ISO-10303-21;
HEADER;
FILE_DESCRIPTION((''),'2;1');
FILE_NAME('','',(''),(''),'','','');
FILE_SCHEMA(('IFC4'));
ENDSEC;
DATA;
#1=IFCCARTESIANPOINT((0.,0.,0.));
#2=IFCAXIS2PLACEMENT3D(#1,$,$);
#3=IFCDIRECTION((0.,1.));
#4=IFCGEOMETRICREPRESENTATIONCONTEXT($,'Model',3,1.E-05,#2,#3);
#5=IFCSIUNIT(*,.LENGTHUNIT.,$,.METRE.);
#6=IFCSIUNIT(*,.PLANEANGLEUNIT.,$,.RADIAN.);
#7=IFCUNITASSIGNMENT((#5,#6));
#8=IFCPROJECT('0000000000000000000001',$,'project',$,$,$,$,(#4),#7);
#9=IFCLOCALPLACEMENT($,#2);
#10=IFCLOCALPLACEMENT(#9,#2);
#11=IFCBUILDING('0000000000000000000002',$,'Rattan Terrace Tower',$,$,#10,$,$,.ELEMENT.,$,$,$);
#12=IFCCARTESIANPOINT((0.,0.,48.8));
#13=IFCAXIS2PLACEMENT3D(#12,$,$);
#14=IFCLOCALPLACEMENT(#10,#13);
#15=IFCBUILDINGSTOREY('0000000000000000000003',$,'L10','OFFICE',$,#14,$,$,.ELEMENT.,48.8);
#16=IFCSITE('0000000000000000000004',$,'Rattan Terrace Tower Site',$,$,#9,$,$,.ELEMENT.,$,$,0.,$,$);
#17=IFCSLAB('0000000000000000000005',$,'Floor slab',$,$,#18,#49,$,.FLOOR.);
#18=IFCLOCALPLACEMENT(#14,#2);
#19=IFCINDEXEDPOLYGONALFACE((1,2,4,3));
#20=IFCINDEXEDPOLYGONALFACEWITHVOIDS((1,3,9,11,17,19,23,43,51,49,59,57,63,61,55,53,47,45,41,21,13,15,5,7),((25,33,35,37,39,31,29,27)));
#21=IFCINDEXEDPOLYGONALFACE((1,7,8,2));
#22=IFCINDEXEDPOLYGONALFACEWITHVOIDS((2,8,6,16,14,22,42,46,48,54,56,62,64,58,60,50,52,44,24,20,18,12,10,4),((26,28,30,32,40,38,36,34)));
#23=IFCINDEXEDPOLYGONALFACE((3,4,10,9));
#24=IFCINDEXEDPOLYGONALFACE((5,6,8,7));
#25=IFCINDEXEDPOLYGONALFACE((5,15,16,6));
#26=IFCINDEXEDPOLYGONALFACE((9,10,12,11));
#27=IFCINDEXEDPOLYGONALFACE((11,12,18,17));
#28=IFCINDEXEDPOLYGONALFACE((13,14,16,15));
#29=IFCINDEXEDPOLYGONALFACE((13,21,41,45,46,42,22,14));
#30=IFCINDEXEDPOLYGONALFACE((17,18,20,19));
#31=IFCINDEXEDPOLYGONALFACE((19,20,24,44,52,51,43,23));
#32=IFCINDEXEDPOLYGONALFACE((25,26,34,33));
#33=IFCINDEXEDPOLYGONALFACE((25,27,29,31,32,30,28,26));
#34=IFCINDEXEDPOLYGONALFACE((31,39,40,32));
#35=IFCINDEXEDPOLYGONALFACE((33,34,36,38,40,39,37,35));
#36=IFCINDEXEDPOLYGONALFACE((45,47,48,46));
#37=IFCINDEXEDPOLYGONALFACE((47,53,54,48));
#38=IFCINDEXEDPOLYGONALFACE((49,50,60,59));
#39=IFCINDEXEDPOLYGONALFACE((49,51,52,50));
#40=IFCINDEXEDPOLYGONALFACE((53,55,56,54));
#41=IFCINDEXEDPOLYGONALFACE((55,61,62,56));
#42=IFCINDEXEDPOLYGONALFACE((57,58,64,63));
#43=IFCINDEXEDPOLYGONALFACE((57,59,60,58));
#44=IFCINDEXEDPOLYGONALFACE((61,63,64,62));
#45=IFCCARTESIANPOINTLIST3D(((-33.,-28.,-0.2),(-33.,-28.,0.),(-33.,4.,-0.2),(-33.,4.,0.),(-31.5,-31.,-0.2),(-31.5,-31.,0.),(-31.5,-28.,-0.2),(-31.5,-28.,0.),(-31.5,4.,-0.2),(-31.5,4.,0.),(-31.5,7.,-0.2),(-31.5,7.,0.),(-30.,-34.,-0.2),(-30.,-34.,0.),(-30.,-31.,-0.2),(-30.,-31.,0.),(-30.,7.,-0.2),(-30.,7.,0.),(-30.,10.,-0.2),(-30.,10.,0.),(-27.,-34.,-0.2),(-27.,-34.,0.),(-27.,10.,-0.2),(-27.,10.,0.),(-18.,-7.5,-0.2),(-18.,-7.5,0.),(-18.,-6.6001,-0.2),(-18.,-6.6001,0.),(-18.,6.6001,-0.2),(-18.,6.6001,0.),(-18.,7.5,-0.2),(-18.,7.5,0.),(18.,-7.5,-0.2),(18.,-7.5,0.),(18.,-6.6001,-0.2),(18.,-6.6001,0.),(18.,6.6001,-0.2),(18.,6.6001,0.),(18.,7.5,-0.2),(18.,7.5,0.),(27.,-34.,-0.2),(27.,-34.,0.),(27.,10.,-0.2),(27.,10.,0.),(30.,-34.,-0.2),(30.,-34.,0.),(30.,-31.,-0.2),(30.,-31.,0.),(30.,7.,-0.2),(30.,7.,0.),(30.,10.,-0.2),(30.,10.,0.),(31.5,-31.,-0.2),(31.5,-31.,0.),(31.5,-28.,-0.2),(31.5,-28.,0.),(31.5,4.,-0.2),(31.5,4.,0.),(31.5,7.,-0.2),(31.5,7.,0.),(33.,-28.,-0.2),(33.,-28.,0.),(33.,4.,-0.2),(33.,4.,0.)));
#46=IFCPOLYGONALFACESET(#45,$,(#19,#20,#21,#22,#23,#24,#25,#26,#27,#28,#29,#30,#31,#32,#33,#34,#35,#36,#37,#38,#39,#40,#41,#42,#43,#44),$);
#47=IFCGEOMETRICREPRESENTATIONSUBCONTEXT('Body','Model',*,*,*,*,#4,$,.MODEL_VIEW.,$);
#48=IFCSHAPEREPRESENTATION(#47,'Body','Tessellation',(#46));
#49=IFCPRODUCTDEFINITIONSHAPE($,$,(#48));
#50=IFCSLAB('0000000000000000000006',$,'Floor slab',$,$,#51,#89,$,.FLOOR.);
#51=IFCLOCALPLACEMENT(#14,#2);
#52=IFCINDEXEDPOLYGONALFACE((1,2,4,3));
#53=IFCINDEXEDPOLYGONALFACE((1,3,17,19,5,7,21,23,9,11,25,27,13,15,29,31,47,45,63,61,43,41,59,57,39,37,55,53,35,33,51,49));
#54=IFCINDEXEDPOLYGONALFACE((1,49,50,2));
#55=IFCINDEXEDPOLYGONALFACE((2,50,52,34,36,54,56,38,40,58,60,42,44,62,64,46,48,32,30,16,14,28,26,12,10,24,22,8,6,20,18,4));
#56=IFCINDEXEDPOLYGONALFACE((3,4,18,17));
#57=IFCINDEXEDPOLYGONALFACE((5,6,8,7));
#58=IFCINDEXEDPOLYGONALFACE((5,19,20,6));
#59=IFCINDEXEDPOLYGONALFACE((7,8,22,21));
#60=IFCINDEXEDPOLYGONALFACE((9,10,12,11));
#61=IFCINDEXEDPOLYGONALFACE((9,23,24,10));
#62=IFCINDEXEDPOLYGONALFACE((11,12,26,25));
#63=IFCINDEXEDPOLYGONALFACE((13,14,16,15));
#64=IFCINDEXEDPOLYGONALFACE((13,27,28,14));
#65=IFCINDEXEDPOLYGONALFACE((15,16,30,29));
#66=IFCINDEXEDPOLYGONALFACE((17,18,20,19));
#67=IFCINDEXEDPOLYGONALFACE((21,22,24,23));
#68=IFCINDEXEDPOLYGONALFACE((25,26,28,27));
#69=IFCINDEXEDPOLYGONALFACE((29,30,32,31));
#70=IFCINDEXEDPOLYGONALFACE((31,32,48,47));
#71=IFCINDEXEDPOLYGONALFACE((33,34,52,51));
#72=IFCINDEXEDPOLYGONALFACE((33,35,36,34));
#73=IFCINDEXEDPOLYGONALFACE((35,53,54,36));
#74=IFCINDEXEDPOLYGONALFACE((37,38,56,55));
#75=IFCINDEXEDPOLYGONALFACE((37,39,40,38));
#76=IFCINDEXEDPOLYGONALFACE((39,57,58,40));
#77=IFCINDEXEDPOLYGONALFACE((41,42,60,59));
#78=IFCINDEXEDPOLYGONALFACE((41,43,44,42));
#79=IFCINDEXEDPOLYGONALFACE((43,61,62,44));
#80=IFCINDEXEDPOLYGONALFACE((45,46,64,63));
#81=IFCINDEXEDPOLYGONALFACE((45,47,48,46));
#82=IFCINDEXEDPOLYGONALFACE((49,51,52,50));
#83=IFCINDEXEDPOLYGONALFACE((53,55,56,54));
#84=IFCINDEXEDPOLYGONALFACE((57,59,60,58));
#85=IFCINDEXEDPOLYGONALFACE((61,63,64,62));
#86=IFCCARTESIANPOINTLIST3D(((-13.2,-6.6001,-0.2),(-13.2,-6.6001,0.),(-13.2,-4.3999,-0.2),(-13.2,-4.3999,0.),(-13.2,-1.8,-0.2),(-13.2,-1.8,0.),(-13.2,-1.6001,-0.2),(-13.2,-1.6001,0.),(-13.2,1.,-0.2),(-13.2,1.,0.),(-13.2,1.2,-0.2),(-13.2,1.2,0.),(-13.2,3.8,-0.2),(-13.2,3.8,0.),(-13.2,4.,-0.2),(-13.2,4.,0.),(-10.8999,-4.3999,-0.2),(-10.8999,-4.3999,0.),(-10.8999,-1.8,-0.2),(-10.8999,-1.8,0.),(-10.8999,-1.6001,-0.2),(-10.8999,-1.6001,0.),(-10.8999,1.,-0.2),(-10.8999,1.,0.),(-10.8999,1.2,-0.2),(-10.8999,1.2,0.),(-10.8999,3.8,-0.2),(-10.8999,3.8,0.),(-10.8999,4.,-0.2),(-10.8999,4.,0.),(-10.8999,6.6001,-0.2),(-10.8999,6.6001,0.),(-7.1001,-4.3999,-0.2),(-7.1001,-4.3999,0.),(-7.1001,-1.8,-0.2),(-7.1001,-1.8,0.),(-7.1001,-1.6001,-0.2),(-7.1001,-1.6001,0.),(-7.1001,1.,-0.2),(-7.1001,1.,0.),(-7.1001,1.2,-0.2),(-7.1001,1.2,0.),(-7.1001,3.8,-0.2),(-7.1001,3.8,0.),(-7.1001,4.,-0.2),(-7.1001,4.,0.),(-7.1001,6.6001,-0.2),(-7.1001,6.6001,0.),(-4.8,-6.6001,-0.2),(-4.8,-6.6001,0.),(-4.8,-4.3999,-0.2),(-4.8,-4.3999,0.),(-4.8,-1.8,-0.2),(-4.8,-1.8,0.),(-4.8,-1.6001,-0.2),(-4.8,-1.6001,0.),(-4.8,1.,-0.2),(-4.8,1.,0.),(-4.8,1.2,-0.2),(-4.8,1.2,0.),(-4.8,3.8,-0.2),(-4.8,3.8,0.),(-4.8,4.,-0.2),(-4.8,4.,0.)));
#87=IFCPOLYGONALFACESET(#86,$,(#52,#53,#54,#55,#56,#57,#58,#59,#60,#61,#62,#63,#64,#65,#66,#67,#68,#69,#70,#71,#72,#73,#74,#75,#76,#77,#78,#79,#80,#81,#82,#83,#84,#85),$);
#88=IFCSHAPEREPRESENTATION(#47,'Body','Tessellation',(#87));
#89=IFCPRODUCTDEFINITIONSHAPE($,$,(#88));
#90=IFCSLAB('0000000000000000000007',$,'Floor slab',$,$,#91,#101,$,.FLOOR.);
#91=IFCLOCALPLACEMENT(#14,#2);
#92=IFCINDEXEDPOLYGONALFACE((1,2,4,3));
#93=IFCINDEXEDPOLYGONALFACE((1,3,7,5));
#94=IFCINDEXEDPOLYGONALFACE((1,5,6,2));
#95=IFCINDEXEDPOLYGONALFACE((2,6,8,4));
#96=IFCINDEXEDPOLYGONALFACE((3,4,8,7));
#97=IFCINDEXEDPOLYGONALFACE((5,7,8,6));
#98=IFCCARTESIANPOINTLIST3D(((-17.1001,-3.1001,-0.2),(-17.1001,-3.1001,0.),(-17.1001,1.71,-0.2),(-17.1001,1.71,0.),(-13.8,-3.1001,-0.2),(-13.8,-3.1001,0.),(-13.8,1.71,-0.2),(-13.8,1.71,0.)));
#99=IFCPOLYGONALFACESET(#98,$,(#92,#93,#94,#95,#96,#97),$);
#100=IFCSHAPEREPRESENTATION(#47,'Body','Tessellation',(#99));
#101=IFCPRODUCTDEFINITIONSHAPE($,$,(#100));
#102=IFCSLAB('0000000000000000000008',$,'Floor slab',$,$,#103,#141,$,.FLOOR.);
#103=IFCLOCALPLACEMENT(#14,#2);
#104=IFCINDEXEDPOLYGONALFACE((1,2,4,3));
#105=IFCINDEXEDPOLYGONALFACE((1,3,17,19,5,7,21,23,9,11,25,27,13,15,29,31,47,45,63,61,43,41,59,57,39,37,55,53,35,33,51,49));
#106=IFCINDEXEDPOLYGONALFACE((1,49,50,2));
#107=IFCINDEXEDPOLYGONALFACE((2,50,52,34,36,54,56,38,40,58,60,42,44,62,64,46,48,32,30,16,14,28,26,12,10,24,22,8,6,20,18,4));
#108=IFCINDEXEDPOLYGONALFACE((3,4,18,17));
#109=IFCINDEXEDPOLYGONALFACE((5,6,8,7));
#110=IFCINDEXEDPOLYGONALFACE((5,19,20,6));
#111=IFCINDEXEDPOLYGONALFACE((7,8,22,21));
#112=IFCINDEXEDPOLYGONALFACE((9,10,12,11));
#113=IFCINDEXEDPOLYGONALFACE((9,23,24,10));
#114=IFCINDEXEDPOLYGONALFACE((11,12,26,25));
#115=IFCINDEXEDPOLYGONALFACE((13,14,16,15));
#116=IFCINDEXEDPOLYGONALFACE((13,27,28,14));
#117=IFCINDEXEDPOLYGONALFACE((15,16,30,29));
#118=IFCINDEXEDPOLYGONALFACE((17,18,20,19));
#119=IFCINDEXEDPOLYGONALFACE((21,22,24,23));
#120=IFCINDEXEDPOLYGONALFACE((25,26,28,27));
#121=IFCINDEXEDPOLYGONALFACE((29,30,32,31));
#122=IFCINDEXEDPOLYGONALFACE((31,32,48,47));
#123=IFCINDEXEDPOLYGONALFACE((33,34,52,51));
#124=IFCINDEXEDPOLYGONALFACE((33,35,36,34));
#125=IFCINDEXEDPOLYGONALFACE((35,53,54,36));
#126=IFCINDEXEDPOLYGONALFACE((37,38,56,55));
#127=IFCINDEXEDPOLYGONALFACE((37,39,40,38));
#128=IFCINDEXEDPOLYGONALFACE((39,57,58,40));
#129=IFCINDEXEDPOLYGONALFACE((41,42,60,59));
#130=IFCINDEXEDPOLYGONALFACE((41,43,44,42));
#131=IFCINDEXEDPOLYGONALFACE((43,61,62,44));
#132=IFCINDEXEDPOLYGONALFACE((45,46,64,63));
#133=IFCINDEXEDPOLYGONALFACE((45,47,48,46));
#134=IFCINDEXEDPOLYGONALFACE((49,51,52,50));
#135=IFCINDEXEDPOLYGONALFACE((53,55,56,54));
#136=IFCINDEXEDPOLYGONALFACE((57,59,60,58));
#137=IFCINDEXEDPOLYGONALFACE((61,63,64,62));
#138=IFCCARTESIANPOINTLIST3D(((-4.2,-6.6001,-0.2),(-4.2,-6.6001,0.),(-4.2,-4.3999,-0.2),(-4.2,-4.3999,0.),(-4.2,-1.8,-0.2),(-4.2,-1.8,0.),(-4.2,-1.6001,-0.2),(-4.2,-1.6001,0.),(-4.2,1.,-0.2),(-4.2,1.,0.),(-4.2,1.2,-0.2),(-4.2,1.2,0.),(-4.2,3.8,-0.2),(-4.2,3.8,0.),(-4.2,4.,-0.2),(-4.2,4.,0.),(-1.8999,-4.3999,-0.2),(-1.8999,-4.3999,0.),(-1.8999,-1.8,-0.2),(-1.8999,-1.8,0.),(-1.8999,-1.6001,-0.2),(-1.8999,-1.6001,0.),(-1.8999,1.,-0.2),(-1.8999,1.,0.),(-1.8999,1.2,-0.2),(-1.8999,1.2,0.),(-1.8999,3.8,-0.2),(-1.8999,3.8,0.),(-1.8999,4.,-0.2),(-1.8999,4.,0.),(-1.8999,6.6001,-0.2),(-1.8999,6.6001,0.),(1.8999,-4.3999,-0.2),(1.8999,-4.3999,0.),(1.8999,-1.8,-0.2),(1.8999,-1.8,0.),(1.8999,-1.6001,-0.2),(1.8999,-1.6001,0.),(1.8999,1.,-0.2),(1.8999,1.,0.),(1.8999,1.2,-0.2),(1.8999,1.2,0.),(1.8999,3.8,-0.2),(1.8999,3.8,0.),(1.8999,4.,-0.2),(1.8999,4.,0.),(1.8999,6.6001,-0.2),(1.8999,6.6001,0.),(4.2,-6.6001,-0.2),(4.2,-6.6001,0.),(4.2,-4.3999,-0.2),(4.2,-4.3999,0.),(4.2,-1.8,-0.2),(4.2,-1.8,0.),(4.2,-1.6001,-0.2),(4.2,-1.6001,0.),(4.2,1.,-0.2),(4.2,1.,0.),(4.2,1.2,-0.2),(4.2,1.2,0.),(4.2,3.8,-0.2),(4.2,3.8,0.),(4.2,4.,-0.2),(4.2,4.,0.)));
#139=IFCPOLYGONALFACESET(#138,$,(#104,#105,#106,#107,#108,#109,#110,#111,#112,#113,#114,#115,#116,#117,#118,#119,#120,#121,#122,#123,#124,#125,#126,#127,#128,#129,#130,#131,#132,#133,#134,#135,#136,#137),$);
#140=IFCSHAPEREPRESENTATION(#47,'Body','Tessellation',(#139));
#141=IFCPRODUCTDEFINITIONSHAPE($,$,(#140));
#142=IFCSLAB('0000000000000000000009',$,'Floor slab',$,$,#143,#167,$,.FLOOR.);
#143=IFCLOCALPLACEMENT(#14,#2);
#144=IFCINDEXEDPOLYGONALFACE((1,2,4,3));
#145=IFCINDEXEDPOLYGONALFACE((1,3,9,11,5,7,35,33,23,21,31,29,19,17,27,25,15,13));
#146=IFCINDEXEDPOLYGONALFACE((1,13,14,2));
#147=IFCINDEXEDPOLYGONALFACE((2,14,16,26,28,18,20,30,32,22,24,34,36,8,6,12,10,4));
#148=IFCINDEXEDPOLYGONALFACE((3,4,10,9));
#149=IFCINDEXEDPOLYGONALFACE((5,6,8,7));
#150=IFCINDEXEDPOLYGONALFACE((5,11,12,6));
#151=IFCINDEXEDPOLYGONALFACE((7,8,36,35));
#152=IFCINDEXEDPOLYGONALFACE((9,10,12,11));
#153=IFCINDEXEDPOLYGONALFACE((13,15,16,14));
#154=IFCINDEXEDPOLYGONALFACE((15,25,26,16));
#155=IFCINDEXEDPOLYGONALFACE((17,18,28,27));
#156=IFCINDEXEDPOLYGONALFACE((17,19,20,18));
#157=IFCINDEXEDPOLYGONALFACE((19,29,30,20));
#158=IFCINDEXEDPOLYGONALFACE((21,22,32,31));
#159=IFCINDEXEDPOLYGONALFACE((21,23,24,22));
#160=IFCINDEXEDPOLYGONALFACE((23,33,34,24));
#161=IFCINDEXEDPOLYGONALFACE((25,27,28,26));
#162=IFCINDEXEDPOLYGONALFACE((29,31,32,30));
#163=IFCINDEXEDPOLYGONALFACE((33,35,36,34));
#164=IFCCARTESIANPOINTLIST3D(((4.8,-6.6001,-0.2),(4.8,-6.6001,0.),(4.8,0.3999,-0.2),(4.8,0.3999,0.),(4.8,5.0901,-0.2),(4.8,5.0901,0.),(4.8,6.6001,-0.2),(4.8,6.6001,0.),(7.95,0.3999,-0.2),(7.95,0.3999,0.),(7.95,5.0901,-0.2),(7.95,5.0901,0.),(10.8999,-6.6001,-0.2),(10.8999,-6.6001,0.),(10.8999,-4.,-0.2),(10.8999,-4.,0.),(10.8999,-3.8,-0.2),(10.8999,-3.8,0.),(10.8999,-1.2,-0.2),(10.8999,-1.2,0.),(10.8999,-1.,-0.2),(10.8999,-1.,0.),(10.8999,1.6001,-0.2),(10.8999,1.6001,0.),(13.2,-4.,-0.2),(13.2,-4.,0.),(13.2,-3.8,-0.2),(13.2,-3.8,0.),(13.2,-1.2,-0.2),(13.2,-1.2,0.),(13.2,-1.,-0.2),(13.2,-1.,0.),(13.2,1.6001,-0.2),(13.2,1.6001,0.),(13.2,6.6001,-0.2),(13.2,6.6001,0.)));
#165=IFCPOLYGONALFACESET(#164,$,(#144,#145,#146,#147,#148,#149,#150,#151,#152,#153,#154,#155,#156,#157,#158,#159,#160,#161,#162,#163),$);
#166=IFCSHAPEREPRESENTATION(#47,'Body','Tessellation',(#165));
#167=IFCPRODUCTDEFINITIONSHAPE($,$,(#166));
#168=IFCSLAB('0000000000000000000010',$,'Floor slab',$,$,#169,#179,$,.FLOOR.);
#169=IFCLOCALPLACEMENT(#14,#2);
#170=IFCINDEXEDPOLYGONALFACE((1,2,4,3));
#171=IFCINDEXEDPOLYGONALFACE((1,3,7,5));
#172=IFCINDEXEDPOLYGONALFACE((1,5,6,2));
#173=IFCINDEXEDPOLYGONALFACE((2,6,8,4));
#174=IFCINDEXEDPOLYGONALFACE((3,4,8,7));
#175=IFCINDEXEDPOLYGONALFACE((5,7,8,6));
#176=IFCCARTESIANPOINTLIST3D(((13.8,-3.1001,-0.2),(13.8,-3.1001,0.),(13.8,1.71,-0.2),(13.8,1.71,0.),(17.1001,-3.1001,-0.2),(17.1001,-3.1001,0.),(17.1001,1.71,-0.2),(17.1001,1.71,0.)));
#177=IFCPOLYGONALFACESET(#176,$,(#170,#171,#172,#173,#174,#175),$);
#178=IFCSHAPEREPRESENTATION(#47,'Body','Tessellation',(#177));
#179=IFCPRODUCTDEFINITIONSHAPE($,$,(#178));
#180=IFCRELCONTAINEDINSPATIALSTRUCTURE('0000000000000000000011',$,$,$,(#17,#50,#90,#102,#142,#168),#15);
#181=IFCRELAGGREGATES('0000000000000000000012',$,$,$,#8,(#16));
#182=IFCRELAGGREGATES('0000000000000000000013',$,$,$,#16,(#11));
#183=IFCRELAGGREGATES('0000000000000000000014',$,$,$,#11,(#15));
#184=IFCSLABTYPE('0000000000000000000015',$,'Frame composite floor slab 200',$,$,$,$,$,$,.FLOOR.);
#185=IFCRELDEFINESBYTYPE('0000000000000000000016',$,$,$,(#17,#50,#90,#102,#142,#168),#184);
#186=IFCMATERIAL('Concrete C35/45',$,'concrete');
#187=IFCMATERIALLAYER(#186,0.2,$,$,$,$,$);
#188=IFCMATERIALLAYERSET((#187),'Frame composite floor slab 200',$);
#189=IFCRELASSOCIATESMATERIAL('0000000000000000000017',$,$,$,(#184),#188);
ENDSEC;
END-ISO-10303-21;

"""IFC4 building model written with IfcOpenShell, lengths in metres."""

from ifc_helpers import new_model, si_unit, direction, frame, origin, place, context, subcontext, project, spatial, polyline, outline, extrude, material, layer, layer_set, type_object, element, save


model = new_model("IFC4")

# Units and contexts
model_context = context("Model", 3, precision=1e-05, world=origin(), true_north=direction((0.0, 1.0)))
body_context = subcontext(model_context, "Body", "Model", "MODEL_VIEW")
ifc_project = project(units=[si_unit("LENGTHUNIT", "METRE"), si_unit("PLANEANGLEUNIT", "RADIAN")], contexts=[model_context])

# Site, building, storey
site_placement = place(None, origin())
site = spatial("IfcSite", under=ifc_project, at=site_placement, Name="Rattan Terrace Tower Site", CompositionType="ELEMENT", RefElevation=0.0)
building_placement = place(site_placement, origin())
building = spatial("IfcBuilding", under=site, at=building_placement, Name="Rattan Terrace Tower", CompositionType="ELEMENT")
storey_placement = place(building_placement, frame((0.0, 0.0, 48.8)))
storey = spatial("IfcBuildingStorey", under=building, at=storey_placement, Name="L10", Description="OFFICE", CompositionType="ELEMENT", Elevation=48.8)

# Slabs
ifc_material_1 = material(Name="Concrete C35/45", Category="concrete")
ifc_layer_1 = layer(ifc_material_1, 0.2)
ifc_layer_set_1 = layer_set([ifc_layer_1], Name="Frame composite floor slab 200")
slab_type = type_object("IfcSlabType", Name="Frame composite floor slab 200", PredefinedType="FLOOR", material=ifc_layer_set_1)
slab_1_placement = place(storey_placement, frame((0.0, 0.0, -0.2)))
element("IfcSlab", 1, at=slab_1_placement, inside=storey, type_object=slab_type, Name="Floor slab", PredefinedType="FLOOR", context=body_context, shape_type="SweptSolid", body=[
    extrude(outline(polyline([(-27.0, -34.0), (27.0, -34.0), (30.0, -34.0), (30.0, -31.0), (31.5, -31.0), (31.5, -28.0), (33.0, -28.0), (33.0, 4.0), (31.5, 4.0), (31.5, 7.0), (30.0, 7.0), (30.0, 10.0), (27.0, 10.0), (-27.0, 10.0), (-30.0, 10.0), (-30.0, 7.0), (-31.5, 7.0), (-31.5, 4.0), (-33.0, 4.0), (-33.0, -28.0), (-31.5, -28.0), (-31.5, -31.0), (-30.0, -31.0), (-30.0, -34.0), (-27.0, -34.0)]), holes=[polyline([(-18.0, -6.6001), (-18.0, -7.5), (18.0, -7.5), (18.0, -6.6001), (18.0, 6.6001), (18.0, 7.5), (-18.0, 7.5), (-18.0, 6.6001), (-18.0, -6.6001)])]), origin(), (0.0, 0.0, 1.0), 0.2),
])
slab_2_placement = place(storey_placement, frame((0.0, 0.0, -0.2)))
element("IfcSlab", 2, at=slab_2_placement, inside=storey, type_object=slab_type, Name="Floor slab", PredefinedType="FLOOR", context=body_context, shape_type="SweptSolid", body=[
    extrude(outline(polyline([(-10.8999, 6.6001), (-10.8999, 4.0), (-13.2, 4.0), (-13.2, 3.8), (-10.8999, 3.8), (-10.8999, 1.2), (-13.2, 1.2), (-13.2, 1.0), (-10.8999, 1.0), (-10.8999, -1.6001), (-13.2, -1.6001), (-13.2, -1.8), (-10.8999, -1.8), (-10.8999, -4.3999), (-13.2, -4.3999), (-13.2, -6.6001), (-4.8, -6.6001), (-4.8, -4.3999), (-7.1001, -4.3999), (-7.1001, -1.8), (-4.8, -1.8), (-4.8, -1.6001), (-7.1001, -1.6001), (-7.1001, 1.0), (-4.8, 1.0), (-4.8, 1.2), (-7.1001, 1.2), (-7.1001, 3.8), (-4.8, 3.8), (-4.8, 4.0), (-7.1001, 4.0), (-7.1001, 6.6001), (-10.8999, 6.6001)])), origin(), (0.0, 0.0, 1.0), 0.2),
])
slab_3_placement = place(storey_placement, frame((0.0, 0.0, -0.2)))
element("IfcSlab", 3, at=slab_3_placement, inside=storey, type_object=slab_type, Name="Floor slab", PredefinedType="FLOOR", context=body_context, shape_type="SweptSolid", body=[
    extrude(outline(polyline([(-17.1001, -3.1001), (-13.8, -3.1001), (-13.8, 1.71), (-17.1001, 1.71), (-17.1001, -3.1001)])), origin(), (0.0, 0.0, 1.0), 0.2),
])
slab_4_placement = place(storey_placement, frame((0.0, 0.0, -0.2)))
element("IfcSlab", 4, at=slab_4_placement, inside=storey, type_object=slab_type, Name="Floor slab", PredefinedType="FLOOR", context=body_context, shape_type="SweptSolid", body=[
    extrude(outline(polyline([(-4.2, 4.0), (-4.2, 3.8), (-1.8999, 3.8), (-1.8999, 1.2), (-4.2, 1.2), (-4.2, 1.0), (-1.8999, 1.0), (-1.8999, -1.6001), (-4.2, -1.6001), (-4.2, -1.8), (-1.8999, -1.8), (-1.8999, -4.3999), (-4.2, -4.3999), (-4.2, -6.6001), (4.2, -6.6001), (4.2, -4.3999), (1.8999, -4.3999), (1.8999, -1.8), (4.2, -1.8), (4.2, -1.6001), (1.8999, -1.6001), (1.8999, 1.0), (4.2, 1.0), (4.2, 1.2), (1.8999, 1.2), (1.8999, 3.8), (4.2, 3.8), (4.2, 4.0), (1.8999, 4.0), (1.8999, 6.6001), (-1.8999, 6.6001), (-1.8999, 4.0), (-4.2, 4.0)])), origin(), (0.0, 0.0, 1.0), 0.2),
])
slab_5_placement = place(storey_placement, frame((0.0, 0.0, -0.2)))
element("IfcSlab", 5, at=slab_5_placement, inside=storey, type_object=slab_type, Name="Floor slab", PredefinedType="FLOOR", context=body_context, shape_type="SweptSolid", body=[
    extrude(outline(polyline([(4.8, 5.0901), (7.95, 5.0901), (7.95, 0.3999), (4.8, 0.3999), (4.8, -6.6001), (10.8999, -6.6001), (10.8999, -4.0), (13.2, -4.0), (13.2, -3.8), (10.8999, -3.8), (10.8999, -1.2), (13.2, -1.2), (13.2, -1.0), (10.8999, -1.0), (10.8999, 1.6001), (13.2, 1.6001), (13.2, 6.6001), (4.8, 6.6001), (4.8, 5.0901)])), origin(), (0.0, 0.0, 1.0), 0.2),
])
slab_6_placement = place(storey_placement, frame((0.0, 0.0, -0.2)))
element("IfcSlab", 6, at=slab_6_placement, inside=storey, type_object=slab_type, Name="Floor slab", PredefinedType="FLOOR", context=body_context, shape_type="SweptSolid", body=[
    extrude(outline(polyline([(13.8, -3.1001), (17.1001, -3.1001), (17.1001, 1.71), (13.8, 1.71), (13.8, -3.1001)])), origin(), (0.0, 0.0, 1.0), 0.2),
])

save(model, "model.ifc")
